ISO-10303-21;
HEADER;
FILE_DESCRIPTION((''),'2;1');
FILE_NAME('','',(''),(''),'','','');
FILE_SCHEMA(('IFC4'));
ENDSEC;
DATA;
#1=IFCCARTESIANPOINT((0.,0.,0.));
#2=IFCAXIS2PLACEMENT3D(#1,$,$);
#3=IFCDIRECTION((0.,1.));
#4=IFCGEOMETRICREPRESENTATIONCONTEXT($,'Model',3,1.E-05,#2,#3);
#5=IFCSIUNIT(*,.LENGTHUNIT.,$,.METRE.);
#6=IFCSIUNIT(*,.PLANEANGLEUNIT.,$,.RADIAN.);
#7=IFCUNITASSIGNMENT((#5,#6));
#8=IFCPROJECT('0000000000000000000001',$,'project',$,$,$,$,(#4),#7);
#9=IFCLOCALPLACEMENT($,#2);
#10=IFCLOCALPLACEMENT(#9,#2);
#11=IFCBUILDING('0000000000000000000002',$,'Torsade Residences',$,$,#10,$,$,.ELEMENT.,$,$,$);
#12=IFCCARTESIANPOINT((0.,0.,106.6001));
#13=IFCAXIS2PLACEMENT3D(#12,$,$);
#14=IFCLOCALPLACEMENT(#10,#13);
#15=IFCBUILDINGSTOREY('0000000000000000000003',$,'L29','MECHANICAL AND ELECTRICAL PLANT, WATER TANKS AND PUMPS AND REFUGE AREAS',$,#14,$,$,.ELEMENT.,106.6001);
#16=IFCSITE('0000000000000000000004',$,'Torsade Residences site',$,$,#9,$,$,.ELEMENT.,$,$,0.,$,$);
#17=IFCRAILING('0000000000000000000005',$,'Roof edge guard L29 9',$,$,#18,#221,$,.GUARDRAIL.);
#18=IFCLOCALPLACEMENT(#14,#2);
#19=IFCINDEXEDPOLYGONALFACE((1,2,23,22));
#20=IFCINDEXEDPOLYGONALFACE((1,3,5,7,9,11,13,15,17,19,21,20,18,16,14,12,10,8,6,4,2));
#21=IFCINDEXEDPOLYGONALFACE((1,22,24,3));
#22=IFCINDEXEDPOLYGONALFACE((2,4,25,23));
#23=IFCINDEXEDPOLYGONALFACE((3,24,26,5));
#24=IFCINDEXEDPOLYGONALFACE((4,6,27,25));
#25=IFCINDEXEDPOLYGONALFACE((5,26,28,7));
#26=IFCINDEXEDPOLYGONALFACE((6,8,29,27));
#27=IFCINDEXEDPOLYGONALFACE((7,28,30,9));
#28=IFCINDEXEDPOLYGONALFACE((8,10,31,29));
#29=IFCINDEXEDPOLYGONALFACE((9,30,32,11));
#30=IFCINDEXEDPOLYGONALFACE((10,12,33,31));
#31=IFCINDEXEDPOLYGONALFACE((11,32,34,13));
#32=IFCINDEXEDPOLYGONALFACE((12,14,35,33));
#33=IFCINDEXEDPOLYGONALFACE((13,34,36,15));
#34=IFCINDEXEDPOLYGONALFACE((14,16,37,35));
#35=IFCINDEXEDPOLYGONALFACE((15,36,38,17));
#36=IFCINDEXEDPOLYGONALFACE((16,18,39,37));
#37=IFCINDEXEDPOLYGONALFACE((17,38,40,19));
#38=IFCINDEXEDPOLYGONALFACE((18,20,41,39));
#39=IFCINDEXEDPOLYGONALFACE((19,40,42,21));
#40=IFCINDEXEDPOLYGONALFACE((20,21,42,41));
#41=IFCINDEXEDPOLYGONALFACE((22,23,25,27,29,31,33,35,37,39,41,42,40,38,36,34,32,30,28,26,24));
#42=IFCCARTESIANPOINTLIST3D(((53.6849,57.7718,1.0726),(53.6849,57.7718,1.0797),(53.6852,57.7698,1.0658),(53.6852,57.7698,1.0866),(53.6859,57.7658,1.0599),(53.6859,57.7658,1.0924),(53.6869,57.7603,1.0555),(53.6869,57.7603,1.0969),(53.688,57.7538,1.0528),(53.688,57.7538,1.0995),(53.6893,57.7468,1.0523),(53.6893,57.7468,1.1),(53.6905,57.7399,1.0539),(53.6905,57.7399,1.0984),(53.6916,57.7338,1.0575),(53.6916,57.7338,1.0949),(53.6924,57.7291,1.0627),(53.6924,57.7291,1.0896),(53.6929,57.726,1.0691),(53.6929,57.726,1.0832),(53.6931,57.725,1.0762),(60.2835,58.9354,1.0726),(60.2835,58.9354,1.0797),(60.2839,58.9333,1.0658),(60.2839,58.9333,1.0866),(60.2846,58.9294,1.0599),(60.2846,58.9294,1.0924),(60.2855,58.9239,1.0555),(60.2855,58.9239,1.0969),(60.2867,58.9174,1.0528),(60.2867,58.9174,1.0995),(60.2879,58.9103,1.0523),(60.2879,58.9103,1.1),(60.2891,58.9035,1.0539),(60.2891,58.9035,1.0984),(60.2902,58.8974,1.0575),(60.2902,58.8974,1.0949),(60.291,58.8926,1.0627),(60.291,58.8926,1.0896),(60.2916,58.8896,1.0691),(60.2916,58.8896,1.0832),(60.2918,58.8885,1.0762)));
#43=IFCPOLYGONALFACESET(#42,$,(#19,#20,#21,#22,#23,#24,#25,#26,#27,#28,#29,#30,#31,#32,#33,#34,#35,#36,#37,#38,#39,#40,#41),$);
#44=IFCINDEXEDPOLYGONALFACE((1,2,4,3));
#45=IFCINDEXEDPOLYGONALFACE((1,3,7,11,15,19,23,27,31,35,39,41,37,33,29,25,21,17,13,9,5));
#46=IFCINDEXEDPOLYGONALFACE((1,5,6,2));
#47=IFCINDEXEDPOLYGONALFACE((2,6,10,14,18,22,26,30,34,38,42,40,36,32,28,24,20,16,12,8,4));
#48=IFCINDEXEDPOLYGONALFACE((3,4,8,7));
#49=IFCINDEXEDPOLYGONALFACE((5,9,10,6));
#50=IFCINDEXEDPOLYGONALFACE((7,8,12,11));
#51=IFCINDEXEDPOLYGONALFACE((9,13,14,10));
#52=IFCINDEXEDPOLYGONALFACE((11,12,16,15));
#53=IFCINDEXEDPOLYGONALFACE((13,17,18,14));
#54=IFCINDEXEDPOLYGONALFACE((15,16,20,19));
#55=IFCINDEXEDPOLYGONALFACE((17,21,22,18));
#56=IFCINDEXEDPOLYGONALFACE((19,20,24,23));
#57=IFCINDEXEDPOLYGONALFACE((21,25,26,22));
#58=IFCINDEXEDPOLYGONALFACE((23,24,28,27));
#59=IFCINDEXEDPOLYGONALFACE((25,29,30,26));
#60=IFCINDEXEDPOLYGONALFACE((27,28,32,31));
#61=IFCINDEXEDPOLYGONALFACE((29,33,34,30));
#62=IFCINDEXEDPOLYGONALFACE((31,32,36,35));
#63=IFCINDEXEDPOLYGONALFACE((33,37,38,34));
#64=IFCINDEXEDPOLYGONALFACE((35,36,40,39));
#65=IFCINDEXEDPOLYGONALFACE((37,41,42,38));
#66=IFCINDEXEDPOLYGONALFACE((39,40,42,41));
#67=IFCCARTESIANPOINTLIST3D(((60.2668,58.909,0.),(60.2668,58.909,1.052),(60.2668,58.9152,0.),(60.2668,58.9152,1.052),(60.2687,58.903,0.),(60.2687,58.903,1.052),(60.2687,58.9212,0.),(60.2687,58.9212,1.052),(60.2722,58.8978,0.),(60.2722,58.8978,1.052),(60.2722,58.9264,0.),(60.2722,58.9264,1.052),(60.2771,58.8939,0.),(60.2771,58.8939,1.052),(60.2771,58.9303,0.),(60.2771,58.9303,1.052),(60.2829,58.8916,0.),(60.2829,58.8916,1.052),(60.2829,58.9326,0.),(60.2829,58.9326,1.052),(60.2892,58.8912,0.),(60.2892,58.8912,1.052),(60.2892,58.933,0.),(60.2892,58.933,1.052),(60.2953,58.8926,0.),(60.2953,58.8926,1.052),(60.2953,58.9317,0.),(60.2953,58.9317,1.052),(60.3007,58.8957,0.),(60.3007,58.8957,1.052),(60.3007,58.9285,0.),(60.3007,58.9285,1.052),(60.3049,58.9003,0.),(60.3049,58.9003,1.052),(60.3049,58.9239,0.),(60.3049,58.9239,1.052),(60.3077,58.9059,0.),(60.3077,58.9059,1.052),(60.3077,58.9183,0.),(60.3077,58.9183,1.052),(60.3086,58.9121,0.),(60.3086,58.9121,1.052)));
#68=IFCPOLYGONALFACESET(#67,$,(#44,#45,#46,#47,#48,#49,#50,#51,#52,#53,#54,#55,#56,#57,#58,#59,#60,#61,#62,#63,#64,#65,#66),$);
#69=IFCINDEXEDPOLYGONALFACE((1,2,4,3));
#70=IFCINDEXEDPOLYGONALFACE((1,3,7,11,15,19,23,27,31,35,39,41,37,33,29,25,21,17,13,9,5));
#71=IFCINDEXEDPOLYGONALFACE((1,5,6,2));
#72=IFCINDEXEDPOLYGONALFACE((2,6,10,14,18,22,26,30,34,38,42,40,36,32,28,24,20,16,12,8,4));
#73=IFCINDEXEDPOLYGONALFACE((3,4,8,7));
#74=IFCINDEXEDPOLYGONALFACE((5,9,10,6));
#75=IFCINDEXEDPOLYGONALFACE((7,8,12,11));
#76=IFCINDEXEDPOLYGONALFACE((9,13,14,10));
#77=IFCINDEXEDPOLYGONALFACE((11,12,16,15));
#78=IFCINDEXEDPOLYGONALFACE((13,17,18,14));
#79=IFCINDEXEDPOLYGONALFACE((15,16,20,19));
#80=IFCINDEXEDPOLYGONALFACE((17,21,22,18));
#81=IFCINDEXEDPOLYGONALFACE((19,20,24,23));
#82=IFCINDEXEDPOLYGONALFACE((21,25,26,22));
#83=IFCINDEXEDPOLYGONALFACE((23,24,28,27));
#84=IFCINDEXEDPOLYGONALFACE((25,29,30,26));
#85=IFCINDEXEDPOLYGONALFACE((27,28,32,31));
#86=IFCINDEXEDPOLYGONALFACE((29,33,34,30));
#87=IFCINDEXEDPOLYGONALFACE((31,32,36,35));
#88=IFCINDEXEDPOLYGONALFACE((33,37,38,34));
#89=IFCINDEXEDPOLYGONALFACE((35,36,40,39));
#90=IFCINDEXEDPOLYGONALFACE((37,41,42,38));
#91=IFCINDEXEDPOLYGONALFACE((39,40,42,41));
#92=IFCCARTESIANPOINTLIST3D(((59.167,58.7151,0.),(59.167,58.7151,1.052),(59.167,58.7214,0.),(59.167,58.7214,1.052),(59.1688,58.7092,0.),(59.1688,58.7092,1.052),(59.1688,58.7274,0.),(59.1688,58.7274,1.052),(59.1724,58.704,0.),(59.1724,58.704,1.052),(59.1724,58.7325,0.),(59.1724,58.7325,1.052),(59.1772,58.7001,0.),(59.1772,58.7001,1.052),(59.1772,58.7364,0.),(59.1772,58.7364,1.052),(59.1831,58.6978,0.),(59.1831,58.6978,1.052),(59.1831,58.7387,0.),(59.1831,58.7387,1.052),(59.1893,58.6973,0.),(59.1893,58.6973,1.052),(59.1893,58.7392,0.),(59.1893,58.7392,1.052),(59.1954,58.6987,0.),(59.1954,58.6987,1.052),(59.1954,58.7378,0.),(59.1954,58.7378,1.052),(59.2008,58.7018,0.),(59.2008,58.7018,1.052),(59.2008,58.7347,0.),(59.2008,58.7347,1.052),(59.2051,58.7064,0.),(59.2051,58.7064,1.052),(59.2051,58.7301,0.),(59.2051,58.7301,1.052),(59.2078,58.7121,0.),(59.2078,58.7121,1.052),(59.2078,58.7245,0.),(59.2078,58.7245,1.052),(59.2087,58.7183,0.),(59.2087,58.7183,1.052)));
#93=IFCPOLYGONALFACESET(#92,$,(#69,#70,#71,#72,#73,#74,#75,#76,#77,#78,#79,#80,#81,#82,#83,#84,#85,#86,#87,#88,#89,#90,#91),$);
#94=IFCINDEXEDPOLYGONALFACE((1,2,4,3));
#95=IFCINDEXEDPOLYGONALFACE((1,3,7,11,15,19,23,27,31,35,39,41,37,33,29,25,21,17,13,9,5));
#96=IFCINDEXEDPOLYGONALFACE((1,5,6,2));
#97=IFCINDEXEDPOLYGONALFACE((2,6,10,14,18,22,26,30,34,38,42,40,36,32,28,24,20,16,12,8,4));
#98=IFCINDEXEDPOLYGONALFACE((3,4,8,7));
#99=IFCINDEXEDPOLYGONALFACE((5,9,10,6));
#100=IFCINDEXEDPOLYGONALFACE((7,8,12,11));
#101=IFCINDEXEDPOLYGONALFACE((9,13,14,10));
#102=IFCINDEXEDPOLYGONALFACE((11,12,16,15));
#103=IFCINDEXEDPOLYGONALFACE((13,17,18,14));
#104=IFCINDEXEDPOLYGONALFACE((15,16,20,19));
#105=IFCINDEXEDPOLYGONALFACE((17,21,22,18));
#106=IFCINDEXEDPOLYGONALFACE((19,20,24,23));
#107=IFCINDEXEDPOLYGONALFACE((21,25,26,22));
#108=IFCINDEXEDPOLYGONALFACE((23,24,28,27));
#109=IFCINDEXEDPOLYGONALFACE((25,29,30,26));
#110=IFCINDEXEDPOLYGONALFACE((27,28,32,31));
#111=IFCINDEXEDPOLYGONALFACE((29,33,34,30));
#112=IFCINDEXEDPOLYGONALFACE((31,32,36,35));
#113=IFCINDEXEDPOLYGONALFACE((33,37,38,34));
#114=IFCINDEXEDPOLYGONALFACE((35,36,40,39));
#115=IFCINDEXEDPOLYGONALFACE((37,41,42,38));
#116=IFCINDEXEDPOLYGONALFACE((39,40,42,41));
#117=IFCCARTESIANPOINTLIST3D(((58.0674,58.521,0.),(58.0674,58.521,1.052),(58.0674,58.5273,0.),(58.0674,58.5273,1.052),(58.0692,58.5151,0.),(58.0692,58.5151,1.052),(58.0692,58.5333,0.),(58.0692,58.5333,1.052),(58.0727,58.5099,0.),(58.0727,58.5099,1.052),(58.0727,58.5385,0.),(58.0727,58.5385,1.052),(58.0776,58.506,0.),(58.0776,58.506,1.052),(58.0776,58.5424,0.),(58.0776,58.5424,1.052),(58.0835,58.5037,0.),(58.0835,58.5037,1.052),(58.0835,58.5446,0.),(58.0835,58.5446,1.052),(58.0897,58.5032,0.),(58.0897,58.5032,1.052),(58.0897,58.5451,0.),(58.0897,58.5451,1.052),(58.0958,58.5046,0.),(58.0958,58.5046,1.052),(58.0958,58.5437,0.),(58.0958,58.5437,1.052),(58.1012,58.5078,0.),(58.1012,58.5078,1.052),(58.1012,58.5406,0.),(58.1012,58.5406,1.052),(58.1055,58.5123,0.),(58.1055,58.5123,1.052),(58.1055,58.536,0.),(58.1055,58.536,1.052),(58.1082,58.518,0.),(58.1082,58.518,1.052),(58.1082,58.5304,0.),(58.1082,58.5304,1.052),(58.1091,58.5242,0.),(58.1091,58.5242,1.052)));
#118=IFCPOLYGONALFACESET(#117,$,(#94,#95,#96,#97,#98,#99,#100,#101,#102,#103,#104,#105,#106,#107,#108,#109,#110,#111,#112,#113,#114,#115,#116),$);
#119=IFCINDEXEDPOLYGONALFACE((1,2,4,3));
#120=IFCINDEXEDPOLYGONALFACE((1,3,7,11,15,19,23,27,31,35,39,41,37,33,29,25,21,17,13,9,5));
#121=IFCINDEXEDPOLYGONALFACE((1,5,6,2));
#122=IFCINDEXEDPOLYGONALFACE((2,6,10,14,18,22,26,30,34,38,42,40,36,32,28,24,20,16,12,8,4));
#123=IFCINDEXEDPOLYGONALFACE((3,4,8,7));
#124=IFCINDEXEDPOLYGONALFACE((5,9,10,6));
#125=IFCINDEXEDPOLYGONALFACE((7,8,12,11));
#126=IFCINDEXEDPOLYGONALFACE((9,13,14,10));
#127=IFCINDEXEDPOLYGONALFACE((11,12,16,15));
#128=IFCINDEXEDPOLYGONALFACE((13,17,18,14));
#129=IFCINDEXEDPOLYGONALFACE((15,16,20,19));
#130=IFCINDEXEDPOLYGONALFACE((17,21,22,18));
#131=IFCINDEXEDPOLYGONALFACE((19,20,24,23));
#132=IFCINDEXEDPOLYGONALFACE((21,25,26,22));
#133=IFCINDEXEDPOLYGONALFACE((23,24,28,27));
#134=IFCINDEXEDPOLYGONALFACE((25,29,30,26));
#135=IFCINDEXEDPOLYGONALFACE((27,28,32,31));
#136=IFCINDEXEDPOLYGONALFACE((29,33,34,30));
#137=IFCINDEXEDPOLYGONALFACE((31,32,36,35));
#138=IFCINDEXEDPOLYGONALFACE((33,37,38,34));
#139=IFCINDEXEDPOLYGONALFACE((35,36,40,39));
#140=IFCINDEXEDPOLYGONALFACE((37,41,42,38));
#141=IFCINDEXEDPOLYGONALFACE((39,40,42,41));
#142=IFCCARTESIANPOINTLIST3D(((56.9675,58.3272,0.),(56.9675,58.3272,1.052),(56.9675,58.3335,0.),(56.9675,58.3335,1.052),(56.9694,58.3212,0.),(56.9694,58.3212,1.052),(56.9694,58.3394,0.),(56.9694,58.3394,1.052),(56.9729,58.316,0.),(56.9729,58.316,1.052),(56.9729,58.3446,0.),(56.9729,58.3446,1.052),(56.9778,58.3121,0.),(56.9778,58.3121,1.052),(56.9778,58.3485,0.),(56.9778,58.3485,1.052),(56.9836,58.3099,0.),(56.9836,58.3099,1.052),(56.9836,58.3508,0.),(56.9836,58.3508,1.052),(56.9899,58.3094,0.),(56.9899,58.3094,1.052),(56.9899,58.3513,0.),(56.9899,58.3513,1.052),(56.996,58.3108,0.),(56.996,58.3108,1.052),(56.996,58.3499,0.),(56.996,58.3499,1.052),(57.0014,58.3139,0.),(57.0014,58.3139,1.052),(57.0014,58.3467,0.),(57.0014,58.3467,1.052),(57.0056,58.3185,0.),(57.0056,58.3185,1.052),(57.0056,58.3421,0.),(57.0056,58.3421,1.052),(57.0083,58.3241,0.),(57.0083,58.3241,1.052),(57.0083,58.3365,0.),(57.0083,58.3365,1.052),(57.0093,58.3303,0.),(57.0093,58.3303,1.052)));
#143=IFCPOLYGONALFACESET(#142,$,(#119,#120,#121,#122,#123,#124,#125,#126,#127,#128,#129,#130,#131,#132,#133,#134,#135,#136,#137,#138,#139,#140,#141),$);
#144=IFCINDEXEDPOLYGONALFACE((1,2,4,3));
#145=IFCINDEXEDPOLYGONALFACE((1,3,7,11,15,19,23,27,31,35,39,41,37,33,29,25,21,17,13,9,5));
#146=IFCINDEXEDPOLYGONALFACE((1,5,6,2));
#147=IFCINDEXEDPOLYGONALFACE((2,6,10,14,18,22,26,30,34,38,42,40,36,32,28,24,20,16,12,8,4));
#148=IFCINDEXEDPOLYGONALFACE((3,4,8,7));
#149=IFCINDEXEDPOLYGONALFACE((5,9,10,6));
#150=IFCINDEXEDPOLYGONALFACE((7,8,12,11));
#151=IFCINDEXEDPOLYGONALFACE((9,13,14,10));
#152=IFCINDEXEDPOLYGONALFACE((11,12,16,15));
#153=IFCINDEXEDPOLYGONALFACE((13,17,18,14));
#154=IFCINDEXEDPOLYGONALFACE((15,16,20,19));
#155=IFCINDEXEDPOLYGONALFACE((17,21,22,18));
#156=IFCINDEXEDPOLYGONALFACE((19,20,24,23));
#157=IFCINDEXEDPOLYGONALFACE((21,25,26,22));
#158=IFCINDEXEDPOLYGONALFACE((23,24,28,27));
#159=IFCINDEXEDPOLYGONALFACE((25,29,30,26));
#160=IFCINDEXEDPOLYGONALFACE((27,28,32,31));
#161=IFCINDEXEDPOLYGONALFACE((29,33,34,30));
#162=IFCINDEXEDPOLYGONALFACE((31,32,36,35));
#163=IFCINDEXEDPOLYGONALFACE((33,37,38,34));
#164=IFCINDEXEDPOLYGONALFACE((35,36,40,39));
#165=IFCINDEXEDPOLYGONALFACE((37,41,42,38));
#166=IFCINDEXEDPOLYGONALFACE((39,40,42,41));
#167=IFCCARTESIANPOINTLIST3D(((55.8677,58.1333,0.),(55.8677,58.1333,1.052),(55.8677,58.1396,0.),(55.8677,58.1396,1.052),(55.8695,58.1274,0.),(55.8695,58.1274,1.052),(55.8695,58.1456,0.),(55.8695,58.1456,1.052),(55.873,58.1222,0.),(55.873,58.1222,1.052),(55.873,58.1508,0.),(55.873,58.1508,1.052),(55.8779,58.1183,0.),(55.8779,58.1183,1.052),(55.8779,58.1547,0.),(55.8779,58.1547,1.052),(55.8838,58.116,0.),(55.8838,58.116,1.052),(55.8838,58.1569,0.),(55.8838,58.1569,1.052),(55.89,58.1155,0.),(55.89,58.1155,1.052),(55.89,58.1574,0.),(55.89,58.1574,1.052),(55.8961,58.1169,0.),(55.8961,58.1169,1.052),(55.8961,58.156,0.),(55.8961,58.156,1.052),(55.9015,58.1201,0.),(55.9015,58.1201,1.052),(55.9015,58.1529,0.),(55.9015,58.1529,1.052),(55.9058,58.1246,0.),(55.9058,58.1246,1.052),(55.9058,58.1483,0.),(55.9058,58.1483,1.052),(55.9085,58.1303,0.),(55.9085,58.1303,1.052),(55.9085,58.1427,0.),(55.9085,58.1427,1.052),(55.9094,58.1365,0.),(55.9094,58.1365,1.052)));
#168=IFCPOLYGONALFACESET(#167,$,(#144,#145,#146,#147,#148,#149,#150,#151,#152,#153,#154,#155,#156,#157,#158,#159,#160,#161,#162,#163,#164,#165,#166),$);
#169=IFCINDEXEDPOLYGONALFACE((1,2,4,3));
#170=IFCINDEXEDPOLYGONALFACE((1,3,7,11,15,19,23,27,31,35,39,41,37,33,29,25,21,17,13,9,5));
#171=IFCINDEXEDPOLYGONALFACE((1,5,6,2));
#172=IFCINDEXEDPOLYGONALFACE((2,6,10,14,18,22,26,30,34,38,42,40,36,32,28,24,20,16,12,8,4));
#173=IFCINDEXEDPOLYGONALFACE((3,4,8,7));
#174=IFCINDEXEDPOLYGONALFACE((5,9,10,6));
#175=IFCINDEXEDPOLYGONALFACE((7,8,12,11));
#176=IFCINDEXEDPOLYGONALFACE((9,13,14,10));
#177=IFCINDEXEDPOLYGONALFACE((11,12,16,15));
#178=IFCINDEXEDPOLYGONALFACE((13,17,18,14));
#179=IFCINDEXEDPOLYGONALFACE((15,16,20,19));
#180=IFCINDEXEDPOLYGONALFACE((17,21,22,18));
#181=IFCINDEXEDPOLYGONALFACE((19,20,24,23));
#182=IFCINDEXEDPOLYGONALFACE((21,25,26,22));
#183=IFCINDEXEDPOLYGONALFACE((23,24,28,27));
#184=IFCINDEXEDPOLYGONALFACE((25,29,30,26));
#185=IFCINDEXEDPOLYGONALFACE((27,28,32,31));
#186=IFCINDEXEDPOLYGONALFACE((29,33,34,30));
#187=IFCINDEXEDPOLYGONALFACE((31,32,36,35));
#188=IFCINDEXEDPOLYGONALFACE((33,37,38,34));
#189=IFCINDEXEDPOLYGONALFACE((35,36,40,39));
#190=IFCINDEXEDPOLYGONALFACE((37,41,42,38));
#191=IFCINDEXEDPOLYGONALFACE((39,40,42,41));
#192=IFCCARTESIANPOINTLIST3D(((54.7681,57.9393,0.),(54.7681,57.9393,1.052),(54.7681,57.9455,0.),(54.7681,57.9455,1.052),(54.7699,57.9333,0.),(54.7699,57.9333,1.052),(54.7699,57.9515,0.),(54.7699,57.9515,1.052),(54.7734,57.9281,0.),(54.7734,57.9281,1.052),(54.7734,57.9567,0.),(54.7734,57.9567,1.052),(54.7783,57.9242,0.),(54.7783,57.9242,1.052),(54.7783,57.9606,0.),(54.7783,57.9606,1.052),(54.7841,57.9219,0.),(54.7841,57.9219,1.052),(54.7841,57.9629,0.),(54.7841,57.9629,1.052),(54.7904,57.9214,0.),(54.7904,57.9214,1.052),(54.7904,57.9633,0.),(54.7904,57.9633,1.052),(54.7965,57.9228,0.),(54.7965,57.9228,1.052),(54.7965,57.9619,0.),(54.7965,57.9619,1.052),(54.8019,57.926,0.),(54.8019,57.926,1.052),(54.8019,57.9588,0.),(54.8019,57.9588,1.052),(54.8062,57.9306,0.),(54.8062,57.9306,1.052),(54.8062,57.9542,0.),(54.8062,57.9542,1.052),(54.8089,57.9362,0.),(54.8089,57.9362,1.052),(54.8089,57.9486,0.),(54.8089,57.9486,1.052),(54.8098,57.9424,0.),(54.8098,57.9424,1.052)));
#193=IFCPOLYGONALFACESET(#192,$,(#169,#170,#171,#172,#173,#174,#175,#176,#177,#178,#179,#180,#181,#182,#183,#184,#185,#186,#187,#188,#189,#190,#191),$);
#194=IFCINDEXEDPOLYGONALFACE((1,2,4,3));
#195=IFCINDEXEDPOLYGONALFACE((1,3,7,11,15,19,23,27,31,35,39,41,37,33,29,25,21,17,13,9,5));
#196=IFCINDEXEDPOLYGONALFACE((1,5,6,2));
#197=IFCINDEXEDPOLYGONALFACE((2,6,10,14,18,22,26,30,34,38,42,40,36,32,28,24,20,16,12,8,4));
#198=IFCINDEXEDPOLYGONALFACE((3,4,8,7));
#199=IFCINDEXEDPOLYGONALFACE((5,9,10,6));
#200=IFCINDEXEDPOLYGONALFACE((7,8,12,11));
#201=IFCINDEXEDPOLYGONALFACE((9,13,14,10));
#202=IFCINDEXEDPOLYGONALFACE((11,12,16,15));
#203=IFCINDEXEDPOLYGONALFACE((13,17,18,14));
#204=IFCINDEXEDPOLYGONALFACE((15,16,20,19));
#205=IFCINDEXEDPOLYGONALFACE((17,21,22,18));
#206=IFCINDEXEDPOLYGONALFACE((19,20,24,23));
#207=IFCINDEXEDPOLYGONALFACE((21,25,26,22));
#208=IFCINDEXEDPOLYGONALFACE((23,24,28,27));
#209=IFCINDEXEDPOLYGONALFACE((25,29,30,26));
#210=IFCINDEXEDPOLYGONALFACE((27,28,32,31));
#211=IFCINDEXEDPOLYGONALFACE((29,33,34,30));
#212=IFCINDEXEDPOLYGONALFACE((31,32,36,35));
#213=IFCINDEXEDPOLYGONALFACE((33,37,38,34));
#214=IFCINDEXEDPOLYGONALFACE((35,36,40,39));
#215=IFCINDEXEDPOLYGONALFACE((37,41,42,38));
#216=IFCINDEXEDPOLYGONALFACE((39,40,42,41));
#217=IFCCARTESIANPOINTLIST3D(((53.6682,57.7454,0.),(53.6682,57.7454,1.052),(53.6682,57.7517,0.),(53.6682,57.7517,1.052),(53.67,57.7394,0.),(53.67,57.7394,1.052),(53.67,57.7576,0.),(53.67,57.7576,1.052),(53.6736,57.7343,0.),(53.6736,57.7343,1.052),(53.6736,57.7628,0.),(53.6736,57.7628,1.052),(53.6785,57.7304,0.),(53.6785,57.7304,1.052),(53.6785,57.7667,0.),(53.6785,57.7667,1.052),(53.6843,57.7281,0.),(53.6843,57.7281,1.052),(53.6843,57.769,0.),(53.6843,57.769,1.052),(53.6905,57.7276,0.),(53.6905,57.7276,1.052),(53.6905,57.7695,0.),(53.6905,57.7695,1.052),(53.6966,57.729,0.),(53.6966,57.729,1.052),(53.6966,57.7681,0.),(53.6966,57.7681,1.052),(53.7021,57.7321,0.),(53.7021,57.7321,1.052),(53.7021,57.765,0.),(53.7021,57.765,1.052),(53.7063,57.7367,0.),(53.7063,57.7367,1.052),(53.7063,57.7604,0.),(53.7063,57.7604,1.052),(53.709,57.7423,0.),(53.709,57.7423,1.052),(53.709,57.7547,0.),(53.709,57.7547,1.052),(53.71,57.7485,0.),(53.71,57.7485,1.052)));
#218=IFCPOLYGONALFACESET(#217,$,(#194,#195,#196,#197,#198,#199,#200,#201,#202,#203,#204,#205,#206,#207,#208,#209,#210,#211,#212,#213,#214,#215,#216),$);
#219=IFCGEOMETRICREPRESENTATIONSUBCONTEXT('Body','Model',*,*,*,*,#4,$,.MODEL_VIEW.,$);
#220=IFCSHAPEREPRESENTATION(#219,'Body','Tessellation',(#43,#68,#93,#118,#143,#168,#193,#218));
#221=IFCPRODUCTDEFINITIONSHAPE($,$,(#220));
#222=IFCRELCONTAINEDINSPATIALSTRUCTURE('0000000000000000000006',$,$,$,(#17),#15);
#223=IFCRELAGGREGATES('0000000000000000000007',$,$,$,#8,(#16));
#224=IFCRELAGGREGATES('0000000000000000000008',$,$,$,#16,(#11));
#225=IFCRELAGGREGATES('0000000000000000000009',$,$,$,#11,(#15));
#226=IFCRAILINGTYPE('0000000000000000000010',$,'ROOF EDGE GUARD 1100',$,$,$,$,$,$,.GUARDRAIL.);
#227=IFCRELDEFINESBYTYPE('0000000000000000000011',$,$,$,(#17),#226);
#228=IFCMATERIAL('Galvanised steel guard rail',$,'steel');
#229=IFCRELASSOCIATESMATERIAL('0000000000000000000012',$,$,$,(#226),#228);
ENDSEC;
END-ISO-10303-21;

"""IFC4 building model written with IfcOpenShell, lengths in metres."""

from ifc_helpers import new_model, si_unit, direction, frame, origin, origin_2d, place, context, subcontext, project, spatial, circle, extrude, material, type_object, element, save


model = new_model("IFC4")

# Units and contexts
model_context = context("Model", 3, precision=1e-05, world=origin(), true_north=direction((0.0, 1.0)))
body_context = subcontext(model_context, "Body", "Model", "MODEL_VIEW")
ifc_project = project(units=[si_unit("LENGTHUNIT", "METRE"), si_unit("PLANEANGLEUNIT", "RADIAN")], contexts=[model_context])

# Site, building, storey
site_placement = place(None, origin())
site = spatial("IfcSite", under=ifc_project, at=site_placement, Name="Torsade Residences site", CompositionType="ELEMENT", RefElevation=0.0)
building_placement = place(site_placement, origin())
building = spatial("IfcBuilding", under=site, at=building_placement, Name="Torsade Residences", CompositionType="ELEMENT")
storey_placement = place(building_placement, frame((0.0, 0.0, 106.6001)))
storey = spatial("IfcBuildingStorey", under=building, at=storey_placement, Name="L29", Description="MECHANICAL AND ELECTRICAL PLANT, WATER TANKS AND PUMPS AND REFUGE AREAS", CompositionType="ELEMENT", Elevation=106.6001)

# Railing
ifc_material_1 = material(Name="Galvanised steel guard rail", Category="steel")
railing_type = type_object("IfcRailingType", Name="ROOF EDGE GUARD 1100", PredefinedType="GUARDRAIL", material=ifc_material_1)
railing_1_placement = place(storey_placement, frame((60.2876, 58.9121, 0.0)))
element("IfcRailing", 1, at=railing_1_placement, inside=storey, type_object=railing_type, Name="Roof edge guard L29 9", PredefinedType="GUARDRAIL", context=body_context, shape_type="SweptSolid", body=[
    extrude(circle(Radius=0.0239, at=origin_2d()), frame((0.0, 0.0, 1.0762), z_axis=(-0.984806, -0.173656, 0.0), x_axis=(0.173656, -0.984806, 0.0)), (0.0, 0.0, 1.0), 6.7004),
    extrude(circle(Radius=0.021, at=origin_2d()), origin(), (0.0, 0.0, 1.0), 1.052),
    extrude(circle(Radius=0.021, at=origin_2d()), frame((-1.0999, -0.1938, 0.0)), (0.0, 0.0, 1.0), 1.052),
    extrude(circle(Radius=0.021, at=origin_2d()), frame((-2.1995, -0.3879, 0.0)), (0.0, 0.0, 1.0), 1.052),
    extrude(circle(Radius=0.021, at=origin_2d()), frame((-3.2993, -0.5818, 0.0)), (0.0, 0.0, 1.0), 1.052),
    extrude(circle(Radius=0.021, at=origin_2d()), frame((-4.3992, -0.7756, 0.0)), (0.0, 0.0, 1.0), 1.052),
    extrude(circle(Radius=0.021, at=origin_2d()), frame((-5.4988, -0.9697, 0.0)), (0.0, 0.0, 1.0), 1.052),
    extrude(circle(Radius=0.021, at=origin_2d()), frame((-6.5986, -1.1636, 0.0)), (0.0, 0.0, 1.0), 1.052),
])

save(model, "model.ifc")
